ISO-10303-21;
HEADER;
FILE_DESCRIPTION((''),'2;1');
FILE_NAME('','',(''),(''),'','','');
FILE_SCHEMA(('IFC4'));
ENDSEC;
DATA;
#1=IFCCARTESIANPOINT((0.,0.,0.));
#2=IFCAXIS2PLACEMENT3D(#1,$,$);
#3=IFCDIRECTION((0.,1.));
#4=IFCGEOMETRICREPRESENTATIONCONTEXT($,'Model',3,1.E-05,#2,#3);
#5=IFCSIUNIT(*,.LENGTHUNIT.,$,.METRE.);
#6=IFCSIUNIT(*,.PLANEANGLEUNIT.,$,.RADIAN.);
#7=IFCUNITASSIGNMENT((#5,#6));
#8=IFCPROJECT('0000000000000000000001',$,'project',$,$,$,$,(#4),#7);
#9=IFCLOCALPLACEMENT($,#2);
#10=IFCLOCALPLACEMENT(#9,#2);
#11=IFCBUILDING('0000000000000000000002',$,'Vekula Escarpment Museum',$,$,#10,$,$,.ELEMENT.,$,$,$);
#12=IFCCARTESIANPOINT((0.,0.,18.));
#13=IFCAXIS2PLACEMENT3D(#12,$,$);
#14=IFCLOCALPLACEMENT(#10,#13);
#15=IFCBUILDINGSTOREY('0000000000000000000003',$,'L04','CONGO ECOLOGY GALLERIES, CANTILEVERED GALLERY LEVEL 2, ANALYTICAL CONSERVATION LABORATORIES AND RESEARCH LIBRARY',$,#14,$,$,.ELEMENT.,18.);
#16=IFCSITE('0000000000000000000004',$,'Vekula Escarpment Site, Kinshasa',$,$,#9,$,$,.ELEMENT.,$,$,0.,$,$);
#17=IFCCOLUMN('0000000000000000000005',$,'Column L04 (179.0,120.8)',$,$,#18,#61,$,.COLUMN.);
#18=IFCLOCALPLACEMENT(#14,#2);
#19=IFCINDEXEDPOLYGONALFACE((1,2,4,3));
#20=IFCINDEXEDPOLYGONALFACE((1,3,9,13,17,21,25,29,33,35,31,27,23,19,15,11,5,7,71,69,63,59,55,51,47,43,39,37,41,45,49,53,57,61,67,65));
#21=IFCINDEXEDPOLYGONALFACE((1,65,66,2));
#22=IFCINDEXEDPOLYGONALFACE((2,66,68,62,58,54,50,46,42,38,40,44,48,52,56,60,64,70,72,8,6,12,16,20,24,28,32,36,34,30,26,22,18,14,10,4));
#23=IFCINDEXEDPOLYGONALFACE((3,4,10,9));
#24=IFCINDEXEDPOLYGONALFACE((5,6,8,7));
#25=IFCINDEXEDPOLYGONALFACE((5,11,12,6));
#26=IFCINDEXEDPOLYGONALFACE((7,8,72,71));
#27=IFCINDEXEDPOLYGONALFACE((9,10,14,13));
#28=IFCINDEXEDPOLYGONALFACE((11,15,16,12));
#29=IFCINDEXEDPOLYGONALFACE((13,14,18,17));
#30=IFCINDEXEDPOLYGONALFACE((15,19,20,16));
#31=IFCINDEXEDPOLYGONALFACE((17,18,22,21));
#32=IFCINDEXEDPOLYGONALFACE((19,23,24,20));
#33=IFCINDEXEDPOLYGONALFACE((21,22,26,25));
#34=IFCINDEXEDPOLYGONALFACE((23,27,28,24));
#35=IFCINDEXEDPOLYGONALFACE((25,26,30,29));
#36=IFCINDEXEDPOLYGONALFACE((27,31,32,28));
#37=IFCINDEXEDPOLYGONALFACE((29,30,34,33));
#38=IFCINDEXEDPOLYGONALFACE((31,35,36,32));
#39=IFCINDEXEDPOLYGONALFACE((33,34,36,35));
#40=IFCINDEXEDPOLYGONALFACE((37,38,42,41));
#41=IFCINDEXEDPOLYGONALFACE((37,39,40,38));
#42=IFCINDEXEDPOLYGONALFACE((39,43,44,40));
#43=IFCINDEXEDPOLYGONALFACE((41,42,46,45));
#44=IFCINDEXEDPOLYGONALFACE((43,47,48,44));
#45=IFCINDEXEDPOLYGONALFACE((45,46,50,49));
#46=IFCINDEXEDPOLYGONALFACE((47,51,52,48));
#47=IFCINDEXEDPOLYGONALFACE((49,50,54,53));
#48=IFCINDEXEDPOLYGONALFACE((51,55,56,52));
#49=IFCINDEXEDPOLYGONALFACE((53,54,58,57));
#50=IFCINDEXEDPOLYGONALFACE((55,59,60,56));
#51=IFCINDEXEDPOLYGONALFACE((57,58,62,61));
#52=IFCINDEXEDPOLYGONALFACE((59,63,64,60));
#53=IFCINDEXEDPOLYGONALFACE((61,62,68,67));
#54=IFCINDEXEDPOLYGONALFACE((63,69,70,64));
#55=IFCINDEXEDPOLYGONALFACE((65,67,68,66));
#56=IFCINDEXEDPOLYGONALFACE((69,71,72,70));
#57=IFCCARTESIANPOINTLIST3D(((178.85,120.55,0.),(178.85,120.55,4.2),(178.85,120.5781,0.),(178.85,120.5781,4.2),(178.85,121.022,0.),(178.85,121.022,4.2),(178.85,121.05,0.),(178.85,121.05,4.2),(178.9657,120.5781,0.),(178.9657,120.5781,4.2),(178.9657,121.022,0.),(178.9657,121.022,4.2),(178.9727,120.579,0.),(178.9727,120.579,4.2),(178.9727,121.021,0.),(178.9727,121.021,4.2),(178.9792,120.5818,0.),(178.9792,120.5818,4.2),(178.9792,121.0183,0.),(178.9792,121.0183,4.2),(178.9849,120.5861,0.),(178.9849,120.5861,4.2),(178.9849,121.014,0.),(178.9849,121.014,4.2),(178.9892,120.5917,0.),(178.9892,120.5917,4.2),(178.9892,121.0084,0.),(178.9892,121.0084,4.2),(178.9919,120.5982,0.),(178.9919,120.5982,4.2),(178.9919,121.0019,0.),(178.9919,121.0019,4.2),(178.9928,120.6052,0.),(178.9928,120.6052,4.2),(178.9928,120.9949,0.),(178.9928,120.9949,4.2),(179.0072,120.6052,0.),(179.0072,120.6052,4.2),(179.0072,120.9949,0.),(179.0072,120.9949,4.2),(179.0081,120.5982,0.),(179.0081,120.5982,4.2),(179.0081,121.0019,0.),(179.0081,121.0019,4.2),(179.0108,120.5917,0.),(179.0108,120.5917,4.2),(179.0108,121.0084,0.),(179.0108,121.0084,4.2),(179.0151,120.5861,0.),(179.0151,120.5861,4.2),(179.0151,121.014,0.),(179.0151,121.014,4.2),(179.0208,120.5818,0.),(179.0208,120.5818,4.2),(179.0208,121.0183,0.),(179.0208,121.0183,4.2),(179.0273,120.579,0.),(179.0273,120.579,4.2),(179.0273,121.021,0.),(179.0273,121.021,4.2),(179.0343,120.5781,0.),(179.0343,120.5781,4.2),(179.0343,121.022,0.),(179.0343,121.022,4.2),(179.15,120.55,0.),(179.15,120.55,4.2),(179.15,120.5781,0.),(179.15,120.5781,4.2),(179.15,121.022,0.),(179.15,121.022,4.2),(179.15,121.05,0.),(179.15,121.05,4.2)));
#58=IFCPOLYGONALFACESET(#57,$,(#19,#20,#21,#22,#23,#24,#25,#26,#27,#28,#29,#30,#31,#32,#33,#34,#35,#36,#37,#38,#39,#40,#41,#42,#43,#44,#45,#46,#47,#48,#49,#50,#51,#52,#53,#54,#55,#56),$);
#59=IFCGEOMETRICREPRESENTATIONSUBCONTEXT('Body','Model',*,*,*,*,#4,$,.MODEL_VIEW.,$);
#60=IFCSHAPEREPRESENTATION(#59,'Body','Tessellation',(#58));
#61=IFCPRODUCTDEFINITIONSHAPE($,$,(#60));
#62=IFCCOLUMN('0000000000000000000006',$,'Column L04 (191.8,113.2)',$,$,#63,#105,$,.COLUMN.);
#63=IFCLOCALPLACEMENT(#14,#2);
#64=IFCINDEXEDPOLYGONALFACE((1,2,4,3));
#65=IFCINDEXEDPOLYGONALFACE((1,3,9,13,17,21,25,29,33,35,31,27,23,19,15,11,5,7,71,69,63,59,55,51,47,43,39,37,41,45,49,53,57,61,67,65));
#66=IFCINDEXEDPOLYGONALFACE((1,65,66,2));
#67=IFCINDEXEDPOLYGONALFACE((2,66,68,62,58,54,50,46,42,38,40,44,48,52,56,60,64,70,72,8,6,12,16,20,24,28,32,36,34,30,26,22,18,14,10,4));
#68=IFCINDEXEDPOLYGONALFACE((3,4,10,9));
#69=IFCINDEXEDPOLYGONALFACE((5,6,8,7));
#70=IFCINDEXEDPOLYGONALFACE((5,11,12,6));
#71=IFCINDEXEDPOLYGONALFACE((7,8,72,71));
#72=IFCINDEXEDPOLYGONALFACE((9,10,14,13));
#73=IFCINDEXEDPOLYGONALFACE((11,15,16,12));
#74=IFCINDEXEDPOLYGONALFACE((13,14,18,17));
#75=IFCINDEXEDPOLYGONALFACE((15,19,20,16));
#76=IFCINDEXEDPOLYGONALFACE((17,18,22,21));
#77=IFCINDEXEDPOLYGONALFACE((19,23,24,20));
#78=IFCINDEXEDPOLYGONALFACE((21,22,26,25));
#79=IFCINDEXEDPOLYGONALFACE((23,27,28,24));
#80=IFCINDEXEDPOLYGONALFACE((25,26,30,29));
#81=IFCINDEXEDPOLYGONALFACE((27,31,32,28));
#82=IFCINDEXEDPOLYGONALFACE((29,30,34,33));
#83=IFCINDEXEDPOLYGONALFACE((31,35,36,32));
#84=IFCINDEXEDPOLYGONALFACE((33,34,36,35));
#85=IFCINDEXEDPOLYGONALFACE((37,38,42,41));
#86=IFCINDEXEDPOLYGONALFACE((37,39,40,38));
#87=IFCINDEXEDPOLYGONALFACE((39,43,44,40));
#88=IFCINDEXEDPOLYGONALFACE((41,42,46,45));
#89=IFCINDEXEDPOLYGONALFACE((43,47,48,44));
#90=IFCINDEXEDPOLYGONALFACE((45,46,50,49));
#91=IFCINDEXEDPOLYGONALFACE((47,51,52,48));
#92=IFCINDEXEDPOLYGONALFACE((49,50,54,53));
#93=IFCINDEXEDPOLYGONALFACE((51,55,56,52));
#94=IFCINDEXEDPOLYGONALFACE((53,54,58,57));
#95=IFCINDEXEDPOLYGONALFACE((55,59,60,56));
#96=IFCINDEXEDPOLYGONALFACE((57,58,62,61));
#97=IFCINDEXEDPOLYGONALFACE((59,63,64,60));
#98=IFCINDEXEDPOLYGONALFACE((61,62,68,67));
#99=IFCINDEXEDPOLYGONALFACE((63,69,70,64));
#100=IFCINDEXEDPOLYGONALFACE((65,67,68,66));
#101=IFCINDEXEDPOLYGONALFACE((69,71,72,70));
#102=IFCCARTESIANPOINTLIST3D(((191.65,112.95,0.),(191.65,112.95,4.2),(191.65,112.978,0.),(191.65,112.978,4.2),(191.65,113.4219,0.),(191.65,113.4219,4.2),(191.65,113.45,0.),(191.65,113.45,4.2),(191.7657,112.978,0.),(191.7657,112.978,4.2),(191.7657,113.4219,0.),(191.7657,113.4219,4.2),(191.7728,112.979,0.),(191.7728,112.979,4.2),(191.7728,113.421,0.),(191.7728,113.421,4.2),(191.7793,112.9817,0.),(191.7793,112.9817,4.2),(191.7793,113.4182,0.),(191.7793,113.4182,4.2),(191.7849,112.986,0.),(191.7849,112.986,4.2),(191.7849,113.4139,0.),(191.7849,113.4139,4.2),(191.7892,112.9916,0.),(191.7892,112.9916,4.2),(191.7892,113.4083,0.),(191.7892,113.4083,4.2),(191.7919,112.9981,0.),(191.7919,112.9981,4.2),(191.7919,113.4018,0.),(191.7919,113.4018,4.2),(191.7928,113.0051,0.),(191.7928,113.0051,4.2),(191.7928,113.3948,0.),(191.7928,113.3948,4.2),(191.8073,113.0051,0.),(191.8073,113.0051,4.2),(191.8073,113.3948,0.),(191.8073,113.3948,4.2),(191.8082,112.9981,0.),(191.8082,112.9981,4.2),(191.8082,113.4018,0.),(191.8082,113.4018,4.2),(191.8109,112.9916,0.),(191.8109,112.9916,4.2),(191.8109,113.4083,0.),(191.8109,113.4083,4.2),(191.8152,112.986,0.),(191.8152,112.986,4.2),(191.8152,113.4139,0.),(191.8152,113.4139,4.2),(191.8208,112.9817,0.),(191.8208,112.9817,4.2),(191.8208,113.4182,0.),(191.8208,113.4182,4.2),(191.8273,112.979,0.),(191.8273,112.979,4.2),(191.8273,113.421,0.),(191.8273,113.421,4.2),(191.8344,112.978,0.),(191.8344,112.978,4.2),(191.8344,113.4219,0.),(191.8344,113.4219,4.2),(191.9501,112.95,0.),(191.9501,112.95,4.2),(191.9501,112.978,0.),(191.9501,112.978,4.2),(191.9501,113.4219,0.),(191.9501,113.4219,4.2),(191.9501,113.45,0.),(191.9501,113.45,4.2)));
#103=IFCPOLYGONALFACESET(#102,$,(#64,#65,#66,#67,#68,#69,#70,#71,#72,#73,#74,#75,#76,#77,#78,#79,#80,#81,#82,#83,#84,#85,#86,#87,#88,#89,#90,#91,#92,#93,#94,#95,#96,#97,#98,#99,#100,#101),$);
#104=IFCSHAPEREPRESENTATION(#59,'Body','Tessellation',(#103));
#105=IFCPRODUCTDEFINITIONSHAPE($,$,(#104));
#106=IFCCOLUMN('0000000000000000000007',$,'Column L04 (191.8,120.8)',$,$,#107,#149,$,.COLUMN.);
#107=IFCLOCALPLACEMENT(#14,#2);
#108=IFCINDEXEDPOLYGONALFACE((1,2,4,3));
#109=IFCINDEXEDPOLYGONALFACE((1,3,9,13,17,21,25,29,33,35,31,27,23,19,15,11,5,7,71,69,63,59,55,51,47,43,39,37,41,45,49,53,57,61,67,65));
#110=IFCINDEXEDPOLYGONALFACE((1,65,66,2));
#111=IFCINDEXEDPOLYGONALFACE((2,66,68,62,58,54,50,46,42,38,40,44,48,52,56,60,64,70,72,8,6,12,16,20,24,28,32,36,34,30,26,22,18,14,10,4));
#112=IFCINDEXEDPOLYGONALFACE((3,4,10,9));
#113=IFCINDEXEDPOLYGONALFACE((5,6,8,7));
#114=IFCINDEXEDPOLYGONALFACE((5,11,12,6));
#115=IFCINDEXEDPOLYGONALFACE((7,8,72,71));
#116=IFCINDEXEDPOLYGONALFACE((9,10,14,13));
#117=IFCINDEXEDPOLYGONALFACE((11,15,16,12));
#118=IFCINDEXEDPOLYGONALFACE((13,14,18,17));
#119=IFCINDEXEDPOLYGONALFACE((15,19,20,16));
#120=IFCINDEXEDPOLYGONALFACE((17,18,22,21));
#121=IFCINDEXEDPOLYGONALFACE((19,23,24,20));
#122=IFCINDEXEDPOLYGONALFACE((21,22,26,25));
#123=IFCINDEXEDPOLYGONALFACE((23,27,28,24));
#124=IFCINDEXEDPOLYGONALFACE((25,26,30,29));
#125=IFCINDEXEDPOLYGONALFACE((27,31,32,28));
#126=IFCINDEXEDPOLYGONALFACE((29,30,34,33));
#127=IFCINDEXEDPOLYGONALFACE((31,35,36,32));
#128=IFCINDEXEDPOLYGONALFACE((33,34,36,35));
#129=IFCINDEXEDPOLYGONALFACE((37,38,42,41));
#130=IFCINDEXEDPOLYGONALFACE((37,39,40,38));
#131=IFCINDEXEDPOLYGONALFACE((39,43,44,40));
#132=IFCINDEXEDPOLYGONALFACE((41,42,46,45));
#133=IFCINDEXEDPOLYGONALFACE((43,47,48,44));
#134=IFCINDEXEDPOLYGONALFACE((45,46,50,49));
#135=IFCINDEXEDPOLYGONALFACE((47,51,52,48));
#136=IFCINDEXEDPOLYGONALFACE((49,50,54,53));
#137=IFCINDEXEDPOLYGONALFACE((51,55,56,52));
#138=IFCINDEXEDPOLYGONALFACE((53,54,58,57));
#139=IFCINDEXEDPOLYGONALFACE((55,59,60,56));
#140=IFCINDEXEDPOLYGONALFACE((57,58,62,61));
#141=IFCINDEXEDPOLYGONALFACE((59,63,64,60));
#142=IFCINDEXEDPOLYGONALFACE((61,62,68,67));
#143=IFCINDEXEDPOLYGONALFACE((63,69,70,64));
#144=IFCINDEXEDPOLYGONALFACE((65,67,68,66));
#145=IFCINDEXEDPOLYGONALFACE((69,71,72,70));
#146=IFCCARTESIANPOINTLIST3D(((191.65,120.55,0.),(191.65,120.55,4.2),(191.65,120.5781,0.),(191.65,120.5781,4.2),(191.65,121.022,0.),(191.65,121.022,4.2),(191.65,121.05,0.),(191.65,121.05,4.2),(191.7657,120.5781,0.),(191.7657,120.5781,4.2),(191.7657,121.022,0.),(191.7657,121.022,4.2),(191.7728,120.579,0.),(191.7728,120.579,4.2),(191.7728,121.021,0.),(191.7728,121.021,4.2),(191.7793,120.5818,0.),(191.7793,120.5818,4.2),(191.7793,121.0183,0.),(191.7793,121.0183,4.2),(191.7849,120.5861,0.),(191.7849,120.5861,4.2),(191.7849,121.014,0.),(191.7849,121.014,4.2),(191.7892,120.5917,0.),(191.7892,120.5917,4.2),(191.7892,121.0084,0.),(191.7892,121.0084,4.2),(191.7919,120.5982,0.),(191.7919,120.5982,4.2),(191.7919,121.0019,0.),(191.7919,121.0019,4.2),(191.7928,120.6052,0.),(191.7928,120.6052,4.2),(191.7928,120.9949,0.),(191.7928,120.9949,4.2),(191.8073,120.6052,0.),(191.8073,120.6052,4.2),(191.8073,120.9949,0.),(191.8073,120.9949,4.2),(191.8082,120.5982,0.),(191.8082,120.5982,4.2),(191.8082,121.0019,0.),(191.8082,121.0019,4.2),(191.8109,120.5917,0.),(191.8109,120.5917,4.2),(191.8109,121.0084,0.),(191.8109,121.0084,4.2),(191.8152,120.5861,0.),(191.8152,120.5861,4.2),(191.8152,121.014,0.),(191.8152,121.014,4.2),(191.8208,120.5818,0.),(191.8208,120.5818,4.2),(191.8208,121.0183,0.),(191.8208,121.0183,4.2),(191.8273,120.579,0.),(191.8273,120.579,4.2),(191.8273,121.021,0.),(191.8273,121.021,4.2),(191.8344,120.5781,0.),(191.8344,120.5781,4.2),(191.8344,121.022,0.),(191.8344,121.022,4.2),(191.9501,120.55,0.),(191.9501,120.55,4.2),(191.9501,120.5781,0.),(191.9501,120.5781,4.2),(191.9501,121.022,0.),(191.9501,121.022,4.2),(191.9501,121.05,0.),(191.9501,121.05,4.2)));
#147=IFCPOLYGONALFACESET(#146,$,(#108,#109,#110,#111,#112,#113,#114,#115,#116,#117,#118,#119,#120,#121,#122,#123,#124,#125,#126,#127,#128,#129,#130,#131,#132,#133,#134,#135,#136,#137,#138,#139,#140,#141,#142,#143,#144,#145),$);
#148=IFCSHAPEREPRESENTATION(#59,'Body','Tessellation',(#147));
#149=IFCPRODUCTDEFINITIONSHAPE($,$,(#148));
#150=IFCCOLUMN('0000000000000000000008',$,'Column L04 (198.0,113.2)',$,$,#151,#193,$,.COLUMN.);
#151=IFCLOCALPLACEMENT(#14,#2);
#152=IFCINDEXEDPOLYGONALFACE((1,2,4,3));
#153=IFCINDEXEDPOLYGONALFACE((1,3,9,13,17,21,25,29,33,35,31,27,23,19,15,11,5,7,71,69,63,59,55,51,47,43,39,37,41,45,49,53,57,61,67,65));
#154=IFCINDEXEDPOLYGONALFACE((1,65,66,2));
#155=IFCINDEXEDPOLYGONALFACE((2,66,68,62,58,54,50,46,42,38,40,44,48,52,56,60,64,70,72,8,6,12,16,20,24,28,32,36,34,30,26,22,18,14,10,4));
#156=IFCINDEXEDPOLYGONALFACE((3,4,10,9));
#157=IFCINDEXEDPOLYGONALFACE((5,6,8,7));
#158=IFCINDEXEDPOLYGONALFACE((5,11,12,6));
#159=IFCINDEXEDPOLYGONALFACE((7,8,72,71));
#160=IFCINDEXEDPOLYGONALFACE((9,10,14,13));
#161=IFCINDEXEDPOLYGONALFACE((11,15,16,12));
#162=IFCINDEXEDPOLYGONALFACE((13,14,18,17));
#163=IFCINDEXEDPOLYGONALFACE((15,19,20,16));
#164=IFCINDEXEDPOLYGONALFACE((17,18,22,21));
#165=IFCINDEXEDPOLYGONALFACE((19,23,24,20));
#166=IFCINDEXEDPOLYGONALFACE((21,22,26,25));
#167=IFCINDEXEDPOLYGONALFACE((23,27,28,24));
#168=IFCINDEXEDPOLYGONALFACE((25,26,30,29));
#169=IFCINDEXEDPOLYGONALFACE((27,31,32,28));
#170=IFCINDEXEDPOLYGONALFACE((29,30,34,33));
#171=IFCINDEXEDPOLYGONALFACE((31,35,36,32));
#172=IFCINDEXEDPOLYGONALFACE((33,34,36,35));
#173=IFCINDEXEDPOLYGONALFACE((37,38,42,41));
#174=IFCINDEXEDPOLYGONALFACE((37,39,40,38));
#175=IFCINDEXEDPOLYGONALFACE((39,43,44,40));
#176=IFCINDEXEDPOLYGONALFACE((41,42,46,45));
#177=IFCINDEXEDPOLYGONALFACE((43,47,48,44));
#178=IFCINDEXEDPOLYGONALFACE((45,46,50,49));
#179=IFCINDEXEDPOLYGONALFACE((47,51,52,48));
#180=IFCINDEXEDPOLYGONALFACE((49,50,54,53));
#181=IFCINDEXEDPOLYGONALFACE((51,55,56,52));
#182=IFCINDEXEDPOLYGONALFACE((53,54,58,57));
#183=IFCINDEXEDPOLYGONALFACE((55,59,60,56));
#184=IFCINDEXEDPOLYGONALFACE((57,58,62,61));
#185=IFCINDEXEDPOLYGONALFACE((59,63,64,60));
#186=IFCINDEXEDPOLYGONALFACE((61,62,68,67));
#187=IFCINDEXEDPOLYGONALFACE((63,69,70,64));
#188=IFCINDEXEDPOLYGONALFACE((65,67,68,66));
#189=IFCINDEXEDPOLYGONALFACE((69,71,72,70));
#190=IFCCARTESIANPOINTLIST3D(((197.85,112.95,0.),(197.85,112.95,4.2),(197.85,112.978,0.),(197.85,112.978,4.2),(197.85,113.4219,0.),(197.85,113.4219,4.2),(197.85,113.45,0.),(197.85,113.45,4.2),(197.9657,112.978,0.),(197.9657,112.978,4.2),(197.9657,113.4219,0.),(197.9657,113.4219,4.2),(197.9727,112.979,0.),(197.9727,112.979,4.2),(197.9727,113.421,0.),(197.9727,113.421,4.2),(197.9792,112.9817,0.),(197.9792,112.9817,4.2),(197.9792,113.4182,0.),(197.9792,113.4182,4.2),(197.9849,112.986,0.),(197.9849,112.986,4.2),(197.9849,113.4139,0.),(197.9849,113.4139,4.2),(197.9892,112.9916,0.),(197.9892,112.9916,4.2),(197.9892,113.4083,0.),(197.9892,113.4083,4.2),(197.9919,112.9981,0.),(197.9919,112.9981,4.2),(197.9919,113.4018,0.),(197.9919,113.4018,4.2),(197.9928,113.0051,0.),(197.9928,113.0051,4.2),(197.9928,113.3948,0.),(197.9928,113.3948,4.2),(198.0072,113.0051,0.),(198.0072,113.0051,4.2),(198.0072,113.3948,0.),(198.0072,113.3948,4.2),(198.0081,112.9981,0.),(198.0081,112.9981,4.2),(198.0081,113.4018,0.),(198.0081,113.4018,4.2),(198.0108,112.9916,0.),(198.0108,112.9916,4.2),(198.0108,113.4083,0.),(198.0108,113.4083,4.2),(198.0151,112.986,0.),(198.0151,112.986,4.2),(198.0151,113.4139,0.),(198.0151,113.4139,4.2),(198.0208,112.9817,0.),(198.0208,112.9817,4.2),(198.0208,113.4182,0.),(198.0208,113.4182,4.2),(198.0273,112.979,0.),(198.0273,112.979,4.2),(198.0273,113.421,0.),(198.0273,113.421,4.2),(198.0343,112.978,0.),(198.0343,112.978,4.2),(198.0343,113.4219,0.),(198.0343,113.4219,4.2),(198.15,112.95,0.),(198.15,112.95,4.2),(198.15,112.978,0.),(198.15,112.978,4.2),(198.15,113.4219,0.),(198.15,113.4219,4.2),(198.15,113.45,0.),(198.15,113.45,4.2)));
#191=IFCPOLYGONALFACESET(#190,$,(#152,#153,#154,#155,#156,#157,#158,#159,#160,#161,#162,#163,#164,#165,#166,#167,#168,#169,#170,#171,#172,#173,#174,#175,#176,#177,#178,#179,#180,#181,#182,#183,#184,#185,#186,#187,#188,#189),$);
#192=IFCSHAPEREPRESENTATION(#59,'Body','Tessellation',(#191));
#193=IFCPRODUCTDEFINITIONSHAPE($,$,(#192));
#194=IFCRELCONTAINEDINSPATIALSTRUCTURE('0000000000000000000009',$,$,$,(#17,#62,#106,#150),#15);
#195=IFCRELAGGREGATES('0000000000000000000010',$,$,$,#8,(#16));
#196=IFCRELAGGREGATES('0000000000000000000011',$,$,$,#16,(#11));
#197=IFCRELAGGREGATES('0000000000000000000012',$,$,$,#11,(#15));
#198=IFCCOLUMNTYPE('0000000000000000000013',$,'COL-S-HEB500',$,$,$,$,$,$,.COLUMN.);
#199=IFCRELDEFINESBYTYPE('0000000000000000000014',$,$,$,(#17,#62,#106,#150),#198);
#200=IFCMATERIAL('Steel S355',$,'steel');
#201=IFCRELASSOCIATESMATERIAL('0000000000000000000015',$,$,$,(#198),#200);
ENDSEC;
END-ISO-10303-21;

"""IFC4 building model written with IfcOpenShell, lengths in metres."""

from ifc_helpers import new_model, si_unit, direction, frame, origin, origin_2d, place, context, subcontext, project, spatial, i_section, extrude, material, material_profile, profile_set, type_object, element, save


model = new_model("IFC4")

# Units and contexts
model_context = context("Model", 3, precision=1e-05, world=origin(), true_north=direction((0.0, 1.0)))
body_context = subcontext(model_context, "Body", "Model", "MODEL_VIEW")
ifc_project = project(units=[si_unit("LENGTHUNIT", "METRE"), si_unit("PLANEANGLEUNIT", "RADIAN")], contexts=[model_context])

# Site, building, storey
site_placement = place(None, origin())
site = spatial("IfcSite", under=ifc_project, at=site_placement, Name="Vekula Escarpment Site, Kinshasa", CompositionType="ELEMENT", RefElevation=0.0)
building_placement = place(site_placement, origin())
building = spatial("IfcBuilding", under=site, at=building_placement, Name="Vekula Escarpment Museum", CompositionType="ELEMENT")
storey_placement = place(building_placement, frame((0.0, 0.0, 18.0)))
storey = spatial("IfcBuildingStorey", under=building, at=storey_placement, Name="L04", Description="CONGO ECOLOGY GALLERIES, CANTILEVERED GALLERY LEVEL 2, ANALYTICAL CONSERVATION LABORATORIES AND RESEARCH LIBRARY", CompositionType="ELEMENT", Elevation=18.0)

# Columns
ifc_material_1 = material(Name="Steel S355", Category="steel")
ifc_material_profile_1 = material_profile(ifc_material_1, i_section(OverallWidth=0.3, OverallDepth=0.5, WebThickness=0.0144, FlangeThickness=0.0281, FilletRadius=0.0271, at=origin_2d()), Name="HEB 500")
ifc_profile_set_1 = profile_set([ifc_material_profile_1], Name="Steel S355")
column_type = type_object("IfcColumnType", Name="COL-S-HEB500", PredefinedType="COLUMN", material=ifc_profile_set_1)
for number, where, z_axis, x_axis, name in (
    (1, (179.0, 120.8, 0.0), (0.0, 0.0, 1.0), (1.0, 0.0, 0.0), "Column L04 (179.0,120.8)"),
    (2, (191.8, 113.2, 0.0), (0.0, 0.0, 1.0), (1.0, 0.0, 0.0), "Column L04 (191.8,113.2)"),
    (3, (191.8, 120.8, 0.0), (0.0, 0.0, 1.0), (1.0, 0.0, 0.0), "Column L04 (191.8,120.8)"),
    (4, (198.0, 113.2, 0.0), (0.0, 0.0, 1.0), (1.0, 0.0, 0.0), "Column L04 (198.0,113.2)"),
):
    element("IfcColumn", number, at=place(storey_placement, frame(where, z_axis=z_axis, x_axis=x_axis)), inside=storey, type_object=column_type, Name=name, PredefinedType="COLUMN", context=body_context, shape_type="SweptSolid", body=[
        extrude(i_section(OverallWidth=0.3, OverallDepth=0.5, WebThickness=0.0144, FlangeThickness=0.0281, FilletRadius=0.0271, at=origin_2d()), origin(), (0.0, 0.0, 1.0), 4.2),
    ])

save(model, "model.ifc")
